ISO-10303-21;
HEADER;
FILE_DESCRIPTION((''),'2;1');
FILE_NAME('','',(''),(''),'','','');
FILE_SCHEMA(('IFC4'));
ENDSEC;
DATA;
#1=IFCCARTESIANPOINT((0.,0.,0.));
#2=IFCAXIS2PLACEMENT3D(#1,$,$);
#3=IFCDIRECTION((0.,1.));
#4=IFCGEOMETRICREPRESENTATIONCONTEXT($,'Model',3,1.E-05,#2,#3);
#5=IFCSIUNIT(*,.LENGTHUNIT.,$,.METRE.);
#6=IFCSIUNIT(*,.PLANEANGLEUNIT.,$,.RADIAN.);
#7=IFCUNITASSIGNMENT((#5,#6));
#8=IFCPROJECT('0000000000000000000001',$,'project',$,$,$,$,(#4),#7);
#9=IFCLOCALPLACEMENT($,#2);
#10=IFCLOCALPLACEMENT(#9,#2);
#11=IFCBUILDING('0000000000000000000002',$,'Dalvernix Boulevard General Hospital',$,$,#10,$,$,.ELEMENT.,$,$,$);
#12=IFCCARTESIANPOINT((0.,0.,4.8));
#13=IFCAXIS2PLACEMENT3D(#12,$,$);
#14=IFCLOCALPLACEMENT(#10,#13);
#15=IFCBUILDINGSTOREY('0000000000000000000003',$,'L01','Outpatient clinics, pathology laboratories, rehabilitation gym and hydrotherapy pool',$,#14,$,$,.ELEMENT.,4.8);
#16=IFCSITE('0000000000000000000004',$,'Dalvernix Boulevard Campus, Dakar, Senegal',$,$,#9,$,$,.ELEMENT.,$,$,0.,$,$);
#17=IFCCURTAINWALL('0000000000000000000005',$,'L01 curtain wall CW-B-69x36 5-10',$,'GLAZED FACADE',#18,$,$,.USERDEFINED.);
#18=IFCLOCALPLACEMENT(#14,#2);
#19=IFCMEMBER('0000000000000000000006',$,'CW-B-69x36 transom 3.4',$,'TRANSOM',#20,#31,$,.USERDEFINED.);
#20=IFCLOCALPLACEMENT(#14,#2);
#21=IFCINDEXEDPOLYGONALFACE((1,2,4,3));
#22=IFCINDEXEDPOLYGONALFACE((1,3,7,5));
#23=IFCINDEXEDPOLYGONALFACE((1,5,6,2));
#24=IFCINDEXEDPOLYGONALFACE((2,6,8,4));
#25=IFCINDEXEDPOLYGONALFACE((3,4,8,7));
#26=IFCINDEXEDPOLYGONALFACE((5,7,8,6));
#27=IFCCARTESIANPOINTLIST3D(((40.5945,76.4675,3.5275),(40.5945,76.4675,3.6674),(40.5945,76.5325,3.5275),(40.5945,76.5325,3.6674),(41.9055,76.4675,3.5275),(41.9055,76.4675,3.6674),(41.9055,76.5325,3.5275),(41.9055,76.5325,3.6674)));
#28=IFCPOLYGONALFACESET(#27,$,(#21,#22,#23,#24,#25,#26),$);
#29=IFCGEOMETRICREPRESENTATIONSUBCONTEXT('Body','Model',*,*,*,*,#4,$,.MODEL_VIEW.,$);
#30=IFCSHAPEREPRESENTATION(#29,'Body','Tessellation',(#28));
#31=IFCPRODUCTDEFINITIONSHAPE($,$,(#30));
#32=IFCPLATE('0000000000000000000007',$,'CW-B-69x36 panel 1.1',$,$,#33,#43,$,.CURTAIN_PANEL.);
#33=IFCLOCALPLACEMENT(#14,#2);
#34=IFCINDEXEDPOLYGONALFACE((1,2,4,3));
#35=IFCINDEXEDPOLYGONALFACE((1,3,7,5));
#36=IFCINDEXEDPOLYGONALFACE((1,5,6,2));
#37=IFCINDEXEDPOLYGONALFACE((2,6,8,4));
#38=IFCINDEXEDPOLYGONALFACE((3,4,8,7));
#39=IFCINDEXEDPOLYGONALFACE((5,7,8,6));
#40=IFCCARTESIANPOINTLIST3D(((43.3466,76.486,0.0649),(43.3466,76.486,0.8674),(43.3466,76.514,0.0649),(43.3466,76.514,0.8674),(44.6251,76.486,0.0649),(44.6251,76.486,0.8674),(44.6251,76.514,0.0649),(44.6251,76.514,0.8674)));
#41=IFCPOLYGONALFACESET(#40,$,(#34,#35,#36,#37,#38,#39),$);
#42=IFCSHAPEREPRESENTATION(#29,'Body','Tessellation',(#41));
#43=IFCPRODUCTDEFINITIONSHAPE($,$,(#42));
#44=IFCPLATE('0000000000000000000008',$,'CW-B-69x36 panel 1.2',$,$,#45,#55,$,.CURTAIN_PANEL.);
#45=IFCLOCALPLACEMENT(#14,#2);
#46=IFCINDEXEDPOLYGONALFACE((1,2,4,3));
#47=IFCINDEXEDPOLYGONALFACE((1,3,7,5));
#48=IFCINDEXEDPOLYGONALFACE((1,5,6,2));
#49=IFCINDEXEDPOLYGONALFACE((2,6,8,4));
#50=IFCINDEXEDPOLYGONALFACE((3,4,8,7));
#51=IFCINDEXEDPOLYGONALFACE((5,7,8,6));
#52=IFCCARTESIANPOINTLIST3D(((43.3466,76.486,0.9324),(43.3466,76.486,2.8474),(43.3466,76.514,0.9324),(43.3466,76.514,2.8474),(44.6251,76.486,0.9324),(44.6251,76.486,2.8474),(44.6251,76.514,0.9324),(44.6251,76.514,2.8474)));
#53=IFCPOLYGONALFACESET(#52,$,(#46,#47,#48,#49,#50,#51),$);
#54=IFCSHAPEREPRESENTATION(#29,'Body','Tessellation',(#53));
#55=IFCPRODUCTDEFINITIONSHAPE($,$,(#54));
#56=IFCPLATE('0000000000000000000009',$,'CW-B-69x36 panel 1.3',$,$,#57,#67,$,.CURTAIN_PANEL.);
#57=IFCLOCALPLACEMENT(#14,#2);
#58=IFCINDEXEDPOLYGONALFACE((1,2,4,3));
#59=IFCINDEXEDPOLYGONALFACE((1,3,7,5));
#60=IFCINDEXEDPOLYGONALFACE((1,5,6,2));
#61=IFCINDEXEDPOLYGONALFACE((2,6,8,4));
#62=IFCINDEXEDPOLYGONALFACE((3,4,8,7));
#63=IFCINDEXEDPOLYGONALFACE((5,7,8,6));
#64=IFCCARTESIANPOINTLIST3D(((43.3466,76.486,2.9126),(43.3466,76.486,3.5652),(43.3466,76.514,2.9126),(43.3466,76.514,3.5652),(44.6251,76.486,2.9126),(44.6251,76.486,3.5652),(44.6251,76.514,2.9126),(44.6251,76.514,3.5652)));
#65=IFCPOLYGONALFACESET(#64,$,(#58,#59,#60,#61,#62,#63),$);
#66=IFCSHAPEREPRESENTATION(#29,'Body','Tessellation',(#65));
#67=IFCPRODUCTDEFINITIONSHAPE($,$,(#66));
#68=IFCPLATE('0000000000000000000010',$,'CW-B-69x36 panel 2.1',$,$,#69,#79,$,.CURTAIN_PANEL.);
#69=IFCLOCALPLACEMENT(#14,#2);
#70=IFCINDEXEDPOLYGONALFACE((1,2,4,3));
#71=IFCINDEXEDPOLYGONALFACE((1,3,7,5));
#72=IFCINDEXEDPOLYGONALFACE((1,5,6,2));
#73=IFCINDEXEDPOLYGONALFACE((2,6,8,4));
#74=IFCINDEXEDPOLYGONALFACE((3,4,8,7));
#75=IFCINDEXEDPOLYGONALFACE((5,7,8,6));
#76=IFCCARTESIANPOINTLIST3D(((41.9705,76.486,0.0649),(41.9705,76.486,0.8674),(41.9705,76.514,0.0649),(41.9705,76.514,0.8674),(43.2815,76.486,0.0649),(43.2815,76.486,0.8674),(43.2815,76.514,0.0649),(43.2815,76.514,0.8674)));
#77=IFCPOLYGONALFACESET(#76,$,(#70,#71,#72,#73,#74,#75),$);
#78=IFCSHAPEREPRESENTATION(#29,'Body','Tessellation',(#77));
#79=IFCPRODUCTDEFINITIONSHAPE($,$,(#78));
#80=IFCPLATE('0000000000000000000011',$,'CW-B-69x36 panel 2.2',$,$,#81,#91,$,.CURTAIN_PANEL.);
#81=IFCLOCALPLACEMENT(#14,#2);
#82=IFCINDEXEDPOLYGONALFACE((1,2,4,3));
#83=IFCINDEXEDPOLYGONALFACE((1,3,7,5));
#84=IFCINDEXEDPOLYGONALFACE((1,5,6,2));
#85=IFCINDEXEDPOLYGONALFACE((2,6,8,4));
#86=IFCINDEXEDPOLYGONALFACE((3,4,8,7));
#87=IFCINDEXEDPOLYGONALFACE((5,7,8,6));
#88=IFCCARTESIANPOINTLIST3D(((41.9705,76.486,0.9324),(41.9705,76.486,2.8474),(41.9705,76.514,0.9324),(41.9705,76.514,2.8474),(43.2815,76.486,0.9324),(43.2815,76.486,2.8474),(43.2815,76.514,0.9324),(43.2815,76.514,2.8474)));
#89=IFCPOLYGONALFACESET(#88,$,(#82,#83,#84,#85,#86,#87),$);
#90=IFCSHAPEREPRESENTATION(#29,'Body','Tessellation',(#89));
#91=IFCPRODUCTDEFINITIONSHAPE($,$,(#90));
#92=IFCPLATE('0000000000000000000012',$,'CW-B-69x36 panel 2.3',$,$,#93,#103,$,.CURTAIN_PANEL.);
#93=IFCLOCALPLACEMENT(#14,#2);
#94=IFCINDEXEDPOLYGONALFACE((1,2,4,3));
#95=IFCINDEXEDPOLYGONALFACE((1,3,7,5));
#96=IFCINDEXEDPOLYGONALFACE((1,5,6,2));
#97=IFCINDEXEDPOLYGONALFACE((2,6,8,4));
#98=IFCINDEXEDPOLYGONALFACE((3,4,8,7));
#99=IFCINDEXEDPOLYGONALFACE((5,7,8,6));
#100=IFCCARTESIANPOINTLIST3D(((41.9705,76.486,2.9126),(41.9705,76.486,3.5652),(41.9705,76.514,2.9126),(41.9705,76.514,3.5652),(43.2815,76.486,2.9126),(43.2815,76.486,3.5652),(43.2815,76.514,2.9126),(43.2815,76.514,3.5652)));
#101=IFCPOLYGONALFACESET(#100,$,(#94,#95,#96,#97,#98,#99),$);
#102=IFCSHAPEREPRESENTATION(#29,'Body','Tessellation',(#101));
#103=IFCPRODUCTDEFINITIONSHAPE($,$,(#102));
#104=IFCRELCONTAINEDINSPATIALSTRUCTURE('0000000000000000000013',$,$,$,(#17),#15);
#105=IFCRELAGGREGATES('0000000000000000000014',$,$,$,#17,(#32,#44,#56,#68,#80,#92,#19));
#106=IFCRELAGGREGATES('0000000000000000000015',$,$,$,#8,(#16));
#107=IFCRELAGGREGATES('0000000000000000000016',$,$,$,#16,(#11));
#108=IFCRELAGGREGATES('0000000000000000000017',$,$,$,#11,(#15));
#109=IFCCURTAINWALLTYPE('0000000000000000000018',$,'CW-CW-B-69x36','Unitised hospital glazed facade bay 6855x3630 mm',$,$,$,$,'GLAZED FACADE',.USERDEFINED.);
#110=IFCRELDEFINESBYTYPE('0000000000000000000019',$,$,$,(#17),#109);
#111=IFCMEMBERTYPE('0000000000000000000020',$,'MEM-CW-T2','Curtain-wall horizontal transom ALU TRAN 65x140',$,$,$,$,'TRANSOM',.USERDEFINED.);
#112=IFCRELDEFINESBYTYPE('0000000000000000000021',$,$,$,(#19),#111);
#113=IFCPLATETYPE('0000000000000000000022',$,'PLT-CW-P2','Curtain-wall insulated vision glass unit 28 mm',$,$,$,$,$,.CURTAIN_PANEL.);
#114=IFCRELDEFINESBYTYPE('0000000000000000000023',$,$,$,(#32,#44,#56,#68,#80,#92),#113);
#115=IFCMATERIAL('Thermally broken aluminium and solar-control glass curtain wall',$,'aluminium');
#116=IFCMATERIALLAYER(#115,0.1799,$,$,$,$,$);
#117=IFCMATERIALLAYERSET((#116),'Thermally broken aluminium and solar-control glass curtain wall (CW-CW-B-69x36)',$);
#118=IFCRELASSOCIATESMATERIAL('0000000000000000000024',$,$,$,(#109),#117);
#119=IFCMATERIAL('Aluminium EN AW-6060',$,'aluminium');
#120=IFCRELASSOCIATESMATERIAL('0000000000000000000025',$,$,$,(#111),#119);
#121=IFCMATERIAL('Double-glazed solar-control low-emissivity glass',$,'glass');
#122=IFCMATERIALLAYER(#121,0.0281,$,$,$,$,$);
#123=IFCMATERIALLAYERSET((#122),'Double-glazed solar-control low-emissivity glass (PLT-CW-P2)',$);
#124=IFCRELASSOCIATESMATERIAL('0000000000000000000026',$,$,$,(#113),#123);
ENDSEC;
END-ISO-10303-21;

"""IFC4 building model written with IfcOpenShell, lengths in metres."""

from ifc_helpers import new_model, si_unit, direction, frame, origin, origin_2d, place, context, subcontext, project, spatial, rectangle, extrude, material, layer, layer_set, material_profile, profile_set, type_object, element, aggregate, save


model = new_model("IFC4")

# Units and contexts
model_context = context("Model", 3, precision=1e-05, world=origin(), true_north=direction((0.0, 1.0)))
body_context = subcontext(model_context, "Body", "Model", "MODEL_VIEW")
ifc_project = project(units=[si_unit("LENGTHUNIT", "METRE"), si_unit("PLANEANGLEUNIT", "RADIAN")], contexts=[model_context])

# Site, building, storey
site_placement = place(None, origin())
site = spatial("IfcSite", under=ifc_project, at=site_placement, Name="Dalvernix Boulevard Campus, Dakar, Senegal", CompositionType="ELEMENT", RefElevation=0.0)
building_placement = place(site_placement, origin())
building = spatial("IfcBuilding", under=site, at=building_placement, Name="Dalvernix Boulevard General Hospital", CompositionType="ELEMENT")
storey_placement = place(building_placement, frame((0.0, 0.0, 4.8)))
storey = spatial("IfcBuildingStorey", under=building, at=storey_placement, Name="L01", Description="Outpatient clinics, pathology laboratories, rehabilitation gym and hydrotherapy pool", CompositionType="ELEMENT", Elevation=4.8)

# Curtain wall, member, plates
ifc_material_1 = material(Name="Thermally broken aluminium and solar-control glass curtain wall", Category="aluminium")
ifc_layer_1 = layer(ifc_material_1, 0.1799)
ifc_layer_set_1 = layer_set([ifc_layer_1], Name="Thermally broken aluminium and solar-control glass curtain wall (CW-CW-B-69x36)")
curtain_wall_type = type_object("IfcCurtainWallType", Name="CW-CW-B-69x36", Description="Unitised hospital glazed facade bay 6855x3630 mm", ElementType="GLAZED FACADE", PredefinedType="USERDEFINED", material=ifc_layer_set_1)
curtain_wall_placement = place(storey_placement, origin())
curtain_wall = element("IfcCurtainWall", 1, at=curtain_wall_placement, inside=storey, type_object=curtain_wall_type, Name="L01 curtain wall CW-B-69x36 5-10", ObjectType="GLAZED FACADE", PredefinedType="USERDEFINED")
ifc_material_2 = material(Name="Aluminium EN AW-6060", Category="aluminium")
ifc_material_profile_1 = material_profile(ifc_material_2, rectangle(XDim=0.0649, YDim=0.1399, at=origin_2d()), Name="ALU TRAN 65x140")
ifc_profile_set_1 = profile_set([ifc_material_profile_1], Name="Aluminium EN AW-6060")
member_type_1 = type_object("IfcMemberType", Name="MEM-CW-T2", Description="Curtain-wall horizontal transom ALU TRAN 65x140", ElementType="TRANSOM", PredefinedType="USERDEFINED", material=ifc_profile_set_1)
member_1_placement = place(storey_placement, frame((41.9055, 76.5, 3.5974), z_axis=(-1.0, 0.0, 0.0), x_axis=(0.0, -1.0, 0.0)))
member_1 = element("IfcMember", 2, at=member_1_placement, type_object=member_type_1, Name="CW-B-69x36 transom 3.4", ObjectType="TRANSOM", PredefinedType="USERDEFINED", context=body_context, shape_type="SweptSolid", body=[
    extrude(rectangle(XDim=0.0649, YDim=0.1399, at=origin_2d()), origin(), (0.0, 0.0, 1.0), 1.311),
])
ifc_material_3 = material(Name="Double-glazed solar-control low-emissivity glass", Category="glass")
ifc_layer_2 = layer(ifc_material_3, 0.0281)
ifc_layer_set_2 = layer_set([ifc_layer_2], Name="Double-glazed solar-control low-emissivity glass (PLT-CW-P2)")
plate_type = type_object("IfcPlateType", Name="PLT-CW-P2", Description="Curtain-wall insulated vision glass unit 28 mm", PredefinedType="CURTAIN_PANEL", material=ifc_layer_set_2)
plate_1_placement = place(storey_placement, frame((43.9858, 76.5, 0.0649), z_axis=(0.0, 0.0, 1.0), x_axis=(-1.0, 0.0, 0.0)))
plate_1 = element("IfcPlate", 3, at=plate_1_placement, type_object=plate_type, Name="CW-B-69x36 panel 1.1", PredefinedType="CURTAIN_PANEL", context=body_context, shape_type="SweptSolid", body=[
    extrude(rectangle(XDim=1.2786, YDim=0.0281, at=origin_2d()), origin(), (0.0, 0.0, 1.0), 0.8025),
])
plate_2_placement = place(storey_placement, frame((43.9858, 76.5, 0.9324), z_axis=(0.0, 0.0, 1.0), x_axis=(-1.0, 0.0, 0.0)))
plate_2 = element("IfcPlate", 4, at=plate_2_placement, type_object=plate_type, Name="CW-B-69x36 panel 1.2", PredefinedType="CURTAIN_PANEL", context=body_context, shape_type="SweptSolid", body=[
    extrude(rectangle(XDim=1.2786, YDim=0.0281, at=origin_2d()), origin(), (0.0, 0.0, 1.0), 1.915),
])
plate_3_placement = place(storey_placement, frame((43.9858, 76.5, 2.9126), z_axis=(0.0, 0.0, 1.0), x_axis=(-1.0, 0.0, 0.0)))
plate_3 = element("IfcPlate", 5, at=plate_3_placement, type_object=plate_type, Name="CW-B-69x36 panel 1.3", PredefinedType="CURTAIN_PANEL", context=body_context, shape_type="SweptSolid", body=[
    extrude(rectangle(XDim=1.2786, YDim=0.0281, at=origin_2d()), origin(), (0.0, 0.0, 1.0), 0.6526),
])
plate_4_placement = place(storey_placement, frame((42.626, 76.5, 0.0649), z_axis=(0.0, 0.0, 1.0), x_axis=(-1.0, 0.0, 0.0)))
plate_4 = element("IfcPlate", 6, at=plate_4_placement, type_object=plate_type, Name="CW-B-69x36 panel 2.1", PredefinedType="CURTAIN_PANEL", context=body_context, shape_type="SweptSolid", body=[
    extrude(rectangle(XDim=1.311, YDim=0.0281, at=origin_2d()), origin(), (0.0, 0.0, 1.0), 0.8025),
])
plate_5_placement = place(storey_placement, frame((42.626, 76.5, 0.9324), z_axis=(0.0, 0.0, 1.0), x_axis=(-1.0, 0.0, 0.0)))
plate_5 = element("IfcPlate", 7, at=plate_5_placement, type_object=plate_type, Name="CW-B-69x36 panel 2.2", PredefinedType="CURTAIN_PANEL", context=body_context, shape_type="SweptSolid", body=[
    extrude(rectangle(XDim=1.311, YDim=0.0281, at=origin_2d()), origin(), (0.0, 0.0, 1.0), 1.915),
])
plate_6_placement = place(storey_placement, frame((42.626, 76.5, 2.9126), z_axis=(0.0, 0.0, 1.0), x_axis=(-1.0, 0.0, 0.0)))
plate_6 = element("IfcPlate", 8, at=plate_6_placement, type_object=plate_type, Name="CW-B-69x36 panel 2.3", PredefinedType="CURTAIN_PANEL", context=body_context, shape_type="SweptSolid", body=[
    extrude(rectangle(XDim=1.311, YDim=0.0281, at=origin_2d()), origin(), (0.0, 0.0, 1.0), 0.6526),
])
aggregate(curtain_wall, [plate_1, plate_2, plate_3, plate_4, plate_5, plate_6, member_1])

save(model, "model.ifc")
